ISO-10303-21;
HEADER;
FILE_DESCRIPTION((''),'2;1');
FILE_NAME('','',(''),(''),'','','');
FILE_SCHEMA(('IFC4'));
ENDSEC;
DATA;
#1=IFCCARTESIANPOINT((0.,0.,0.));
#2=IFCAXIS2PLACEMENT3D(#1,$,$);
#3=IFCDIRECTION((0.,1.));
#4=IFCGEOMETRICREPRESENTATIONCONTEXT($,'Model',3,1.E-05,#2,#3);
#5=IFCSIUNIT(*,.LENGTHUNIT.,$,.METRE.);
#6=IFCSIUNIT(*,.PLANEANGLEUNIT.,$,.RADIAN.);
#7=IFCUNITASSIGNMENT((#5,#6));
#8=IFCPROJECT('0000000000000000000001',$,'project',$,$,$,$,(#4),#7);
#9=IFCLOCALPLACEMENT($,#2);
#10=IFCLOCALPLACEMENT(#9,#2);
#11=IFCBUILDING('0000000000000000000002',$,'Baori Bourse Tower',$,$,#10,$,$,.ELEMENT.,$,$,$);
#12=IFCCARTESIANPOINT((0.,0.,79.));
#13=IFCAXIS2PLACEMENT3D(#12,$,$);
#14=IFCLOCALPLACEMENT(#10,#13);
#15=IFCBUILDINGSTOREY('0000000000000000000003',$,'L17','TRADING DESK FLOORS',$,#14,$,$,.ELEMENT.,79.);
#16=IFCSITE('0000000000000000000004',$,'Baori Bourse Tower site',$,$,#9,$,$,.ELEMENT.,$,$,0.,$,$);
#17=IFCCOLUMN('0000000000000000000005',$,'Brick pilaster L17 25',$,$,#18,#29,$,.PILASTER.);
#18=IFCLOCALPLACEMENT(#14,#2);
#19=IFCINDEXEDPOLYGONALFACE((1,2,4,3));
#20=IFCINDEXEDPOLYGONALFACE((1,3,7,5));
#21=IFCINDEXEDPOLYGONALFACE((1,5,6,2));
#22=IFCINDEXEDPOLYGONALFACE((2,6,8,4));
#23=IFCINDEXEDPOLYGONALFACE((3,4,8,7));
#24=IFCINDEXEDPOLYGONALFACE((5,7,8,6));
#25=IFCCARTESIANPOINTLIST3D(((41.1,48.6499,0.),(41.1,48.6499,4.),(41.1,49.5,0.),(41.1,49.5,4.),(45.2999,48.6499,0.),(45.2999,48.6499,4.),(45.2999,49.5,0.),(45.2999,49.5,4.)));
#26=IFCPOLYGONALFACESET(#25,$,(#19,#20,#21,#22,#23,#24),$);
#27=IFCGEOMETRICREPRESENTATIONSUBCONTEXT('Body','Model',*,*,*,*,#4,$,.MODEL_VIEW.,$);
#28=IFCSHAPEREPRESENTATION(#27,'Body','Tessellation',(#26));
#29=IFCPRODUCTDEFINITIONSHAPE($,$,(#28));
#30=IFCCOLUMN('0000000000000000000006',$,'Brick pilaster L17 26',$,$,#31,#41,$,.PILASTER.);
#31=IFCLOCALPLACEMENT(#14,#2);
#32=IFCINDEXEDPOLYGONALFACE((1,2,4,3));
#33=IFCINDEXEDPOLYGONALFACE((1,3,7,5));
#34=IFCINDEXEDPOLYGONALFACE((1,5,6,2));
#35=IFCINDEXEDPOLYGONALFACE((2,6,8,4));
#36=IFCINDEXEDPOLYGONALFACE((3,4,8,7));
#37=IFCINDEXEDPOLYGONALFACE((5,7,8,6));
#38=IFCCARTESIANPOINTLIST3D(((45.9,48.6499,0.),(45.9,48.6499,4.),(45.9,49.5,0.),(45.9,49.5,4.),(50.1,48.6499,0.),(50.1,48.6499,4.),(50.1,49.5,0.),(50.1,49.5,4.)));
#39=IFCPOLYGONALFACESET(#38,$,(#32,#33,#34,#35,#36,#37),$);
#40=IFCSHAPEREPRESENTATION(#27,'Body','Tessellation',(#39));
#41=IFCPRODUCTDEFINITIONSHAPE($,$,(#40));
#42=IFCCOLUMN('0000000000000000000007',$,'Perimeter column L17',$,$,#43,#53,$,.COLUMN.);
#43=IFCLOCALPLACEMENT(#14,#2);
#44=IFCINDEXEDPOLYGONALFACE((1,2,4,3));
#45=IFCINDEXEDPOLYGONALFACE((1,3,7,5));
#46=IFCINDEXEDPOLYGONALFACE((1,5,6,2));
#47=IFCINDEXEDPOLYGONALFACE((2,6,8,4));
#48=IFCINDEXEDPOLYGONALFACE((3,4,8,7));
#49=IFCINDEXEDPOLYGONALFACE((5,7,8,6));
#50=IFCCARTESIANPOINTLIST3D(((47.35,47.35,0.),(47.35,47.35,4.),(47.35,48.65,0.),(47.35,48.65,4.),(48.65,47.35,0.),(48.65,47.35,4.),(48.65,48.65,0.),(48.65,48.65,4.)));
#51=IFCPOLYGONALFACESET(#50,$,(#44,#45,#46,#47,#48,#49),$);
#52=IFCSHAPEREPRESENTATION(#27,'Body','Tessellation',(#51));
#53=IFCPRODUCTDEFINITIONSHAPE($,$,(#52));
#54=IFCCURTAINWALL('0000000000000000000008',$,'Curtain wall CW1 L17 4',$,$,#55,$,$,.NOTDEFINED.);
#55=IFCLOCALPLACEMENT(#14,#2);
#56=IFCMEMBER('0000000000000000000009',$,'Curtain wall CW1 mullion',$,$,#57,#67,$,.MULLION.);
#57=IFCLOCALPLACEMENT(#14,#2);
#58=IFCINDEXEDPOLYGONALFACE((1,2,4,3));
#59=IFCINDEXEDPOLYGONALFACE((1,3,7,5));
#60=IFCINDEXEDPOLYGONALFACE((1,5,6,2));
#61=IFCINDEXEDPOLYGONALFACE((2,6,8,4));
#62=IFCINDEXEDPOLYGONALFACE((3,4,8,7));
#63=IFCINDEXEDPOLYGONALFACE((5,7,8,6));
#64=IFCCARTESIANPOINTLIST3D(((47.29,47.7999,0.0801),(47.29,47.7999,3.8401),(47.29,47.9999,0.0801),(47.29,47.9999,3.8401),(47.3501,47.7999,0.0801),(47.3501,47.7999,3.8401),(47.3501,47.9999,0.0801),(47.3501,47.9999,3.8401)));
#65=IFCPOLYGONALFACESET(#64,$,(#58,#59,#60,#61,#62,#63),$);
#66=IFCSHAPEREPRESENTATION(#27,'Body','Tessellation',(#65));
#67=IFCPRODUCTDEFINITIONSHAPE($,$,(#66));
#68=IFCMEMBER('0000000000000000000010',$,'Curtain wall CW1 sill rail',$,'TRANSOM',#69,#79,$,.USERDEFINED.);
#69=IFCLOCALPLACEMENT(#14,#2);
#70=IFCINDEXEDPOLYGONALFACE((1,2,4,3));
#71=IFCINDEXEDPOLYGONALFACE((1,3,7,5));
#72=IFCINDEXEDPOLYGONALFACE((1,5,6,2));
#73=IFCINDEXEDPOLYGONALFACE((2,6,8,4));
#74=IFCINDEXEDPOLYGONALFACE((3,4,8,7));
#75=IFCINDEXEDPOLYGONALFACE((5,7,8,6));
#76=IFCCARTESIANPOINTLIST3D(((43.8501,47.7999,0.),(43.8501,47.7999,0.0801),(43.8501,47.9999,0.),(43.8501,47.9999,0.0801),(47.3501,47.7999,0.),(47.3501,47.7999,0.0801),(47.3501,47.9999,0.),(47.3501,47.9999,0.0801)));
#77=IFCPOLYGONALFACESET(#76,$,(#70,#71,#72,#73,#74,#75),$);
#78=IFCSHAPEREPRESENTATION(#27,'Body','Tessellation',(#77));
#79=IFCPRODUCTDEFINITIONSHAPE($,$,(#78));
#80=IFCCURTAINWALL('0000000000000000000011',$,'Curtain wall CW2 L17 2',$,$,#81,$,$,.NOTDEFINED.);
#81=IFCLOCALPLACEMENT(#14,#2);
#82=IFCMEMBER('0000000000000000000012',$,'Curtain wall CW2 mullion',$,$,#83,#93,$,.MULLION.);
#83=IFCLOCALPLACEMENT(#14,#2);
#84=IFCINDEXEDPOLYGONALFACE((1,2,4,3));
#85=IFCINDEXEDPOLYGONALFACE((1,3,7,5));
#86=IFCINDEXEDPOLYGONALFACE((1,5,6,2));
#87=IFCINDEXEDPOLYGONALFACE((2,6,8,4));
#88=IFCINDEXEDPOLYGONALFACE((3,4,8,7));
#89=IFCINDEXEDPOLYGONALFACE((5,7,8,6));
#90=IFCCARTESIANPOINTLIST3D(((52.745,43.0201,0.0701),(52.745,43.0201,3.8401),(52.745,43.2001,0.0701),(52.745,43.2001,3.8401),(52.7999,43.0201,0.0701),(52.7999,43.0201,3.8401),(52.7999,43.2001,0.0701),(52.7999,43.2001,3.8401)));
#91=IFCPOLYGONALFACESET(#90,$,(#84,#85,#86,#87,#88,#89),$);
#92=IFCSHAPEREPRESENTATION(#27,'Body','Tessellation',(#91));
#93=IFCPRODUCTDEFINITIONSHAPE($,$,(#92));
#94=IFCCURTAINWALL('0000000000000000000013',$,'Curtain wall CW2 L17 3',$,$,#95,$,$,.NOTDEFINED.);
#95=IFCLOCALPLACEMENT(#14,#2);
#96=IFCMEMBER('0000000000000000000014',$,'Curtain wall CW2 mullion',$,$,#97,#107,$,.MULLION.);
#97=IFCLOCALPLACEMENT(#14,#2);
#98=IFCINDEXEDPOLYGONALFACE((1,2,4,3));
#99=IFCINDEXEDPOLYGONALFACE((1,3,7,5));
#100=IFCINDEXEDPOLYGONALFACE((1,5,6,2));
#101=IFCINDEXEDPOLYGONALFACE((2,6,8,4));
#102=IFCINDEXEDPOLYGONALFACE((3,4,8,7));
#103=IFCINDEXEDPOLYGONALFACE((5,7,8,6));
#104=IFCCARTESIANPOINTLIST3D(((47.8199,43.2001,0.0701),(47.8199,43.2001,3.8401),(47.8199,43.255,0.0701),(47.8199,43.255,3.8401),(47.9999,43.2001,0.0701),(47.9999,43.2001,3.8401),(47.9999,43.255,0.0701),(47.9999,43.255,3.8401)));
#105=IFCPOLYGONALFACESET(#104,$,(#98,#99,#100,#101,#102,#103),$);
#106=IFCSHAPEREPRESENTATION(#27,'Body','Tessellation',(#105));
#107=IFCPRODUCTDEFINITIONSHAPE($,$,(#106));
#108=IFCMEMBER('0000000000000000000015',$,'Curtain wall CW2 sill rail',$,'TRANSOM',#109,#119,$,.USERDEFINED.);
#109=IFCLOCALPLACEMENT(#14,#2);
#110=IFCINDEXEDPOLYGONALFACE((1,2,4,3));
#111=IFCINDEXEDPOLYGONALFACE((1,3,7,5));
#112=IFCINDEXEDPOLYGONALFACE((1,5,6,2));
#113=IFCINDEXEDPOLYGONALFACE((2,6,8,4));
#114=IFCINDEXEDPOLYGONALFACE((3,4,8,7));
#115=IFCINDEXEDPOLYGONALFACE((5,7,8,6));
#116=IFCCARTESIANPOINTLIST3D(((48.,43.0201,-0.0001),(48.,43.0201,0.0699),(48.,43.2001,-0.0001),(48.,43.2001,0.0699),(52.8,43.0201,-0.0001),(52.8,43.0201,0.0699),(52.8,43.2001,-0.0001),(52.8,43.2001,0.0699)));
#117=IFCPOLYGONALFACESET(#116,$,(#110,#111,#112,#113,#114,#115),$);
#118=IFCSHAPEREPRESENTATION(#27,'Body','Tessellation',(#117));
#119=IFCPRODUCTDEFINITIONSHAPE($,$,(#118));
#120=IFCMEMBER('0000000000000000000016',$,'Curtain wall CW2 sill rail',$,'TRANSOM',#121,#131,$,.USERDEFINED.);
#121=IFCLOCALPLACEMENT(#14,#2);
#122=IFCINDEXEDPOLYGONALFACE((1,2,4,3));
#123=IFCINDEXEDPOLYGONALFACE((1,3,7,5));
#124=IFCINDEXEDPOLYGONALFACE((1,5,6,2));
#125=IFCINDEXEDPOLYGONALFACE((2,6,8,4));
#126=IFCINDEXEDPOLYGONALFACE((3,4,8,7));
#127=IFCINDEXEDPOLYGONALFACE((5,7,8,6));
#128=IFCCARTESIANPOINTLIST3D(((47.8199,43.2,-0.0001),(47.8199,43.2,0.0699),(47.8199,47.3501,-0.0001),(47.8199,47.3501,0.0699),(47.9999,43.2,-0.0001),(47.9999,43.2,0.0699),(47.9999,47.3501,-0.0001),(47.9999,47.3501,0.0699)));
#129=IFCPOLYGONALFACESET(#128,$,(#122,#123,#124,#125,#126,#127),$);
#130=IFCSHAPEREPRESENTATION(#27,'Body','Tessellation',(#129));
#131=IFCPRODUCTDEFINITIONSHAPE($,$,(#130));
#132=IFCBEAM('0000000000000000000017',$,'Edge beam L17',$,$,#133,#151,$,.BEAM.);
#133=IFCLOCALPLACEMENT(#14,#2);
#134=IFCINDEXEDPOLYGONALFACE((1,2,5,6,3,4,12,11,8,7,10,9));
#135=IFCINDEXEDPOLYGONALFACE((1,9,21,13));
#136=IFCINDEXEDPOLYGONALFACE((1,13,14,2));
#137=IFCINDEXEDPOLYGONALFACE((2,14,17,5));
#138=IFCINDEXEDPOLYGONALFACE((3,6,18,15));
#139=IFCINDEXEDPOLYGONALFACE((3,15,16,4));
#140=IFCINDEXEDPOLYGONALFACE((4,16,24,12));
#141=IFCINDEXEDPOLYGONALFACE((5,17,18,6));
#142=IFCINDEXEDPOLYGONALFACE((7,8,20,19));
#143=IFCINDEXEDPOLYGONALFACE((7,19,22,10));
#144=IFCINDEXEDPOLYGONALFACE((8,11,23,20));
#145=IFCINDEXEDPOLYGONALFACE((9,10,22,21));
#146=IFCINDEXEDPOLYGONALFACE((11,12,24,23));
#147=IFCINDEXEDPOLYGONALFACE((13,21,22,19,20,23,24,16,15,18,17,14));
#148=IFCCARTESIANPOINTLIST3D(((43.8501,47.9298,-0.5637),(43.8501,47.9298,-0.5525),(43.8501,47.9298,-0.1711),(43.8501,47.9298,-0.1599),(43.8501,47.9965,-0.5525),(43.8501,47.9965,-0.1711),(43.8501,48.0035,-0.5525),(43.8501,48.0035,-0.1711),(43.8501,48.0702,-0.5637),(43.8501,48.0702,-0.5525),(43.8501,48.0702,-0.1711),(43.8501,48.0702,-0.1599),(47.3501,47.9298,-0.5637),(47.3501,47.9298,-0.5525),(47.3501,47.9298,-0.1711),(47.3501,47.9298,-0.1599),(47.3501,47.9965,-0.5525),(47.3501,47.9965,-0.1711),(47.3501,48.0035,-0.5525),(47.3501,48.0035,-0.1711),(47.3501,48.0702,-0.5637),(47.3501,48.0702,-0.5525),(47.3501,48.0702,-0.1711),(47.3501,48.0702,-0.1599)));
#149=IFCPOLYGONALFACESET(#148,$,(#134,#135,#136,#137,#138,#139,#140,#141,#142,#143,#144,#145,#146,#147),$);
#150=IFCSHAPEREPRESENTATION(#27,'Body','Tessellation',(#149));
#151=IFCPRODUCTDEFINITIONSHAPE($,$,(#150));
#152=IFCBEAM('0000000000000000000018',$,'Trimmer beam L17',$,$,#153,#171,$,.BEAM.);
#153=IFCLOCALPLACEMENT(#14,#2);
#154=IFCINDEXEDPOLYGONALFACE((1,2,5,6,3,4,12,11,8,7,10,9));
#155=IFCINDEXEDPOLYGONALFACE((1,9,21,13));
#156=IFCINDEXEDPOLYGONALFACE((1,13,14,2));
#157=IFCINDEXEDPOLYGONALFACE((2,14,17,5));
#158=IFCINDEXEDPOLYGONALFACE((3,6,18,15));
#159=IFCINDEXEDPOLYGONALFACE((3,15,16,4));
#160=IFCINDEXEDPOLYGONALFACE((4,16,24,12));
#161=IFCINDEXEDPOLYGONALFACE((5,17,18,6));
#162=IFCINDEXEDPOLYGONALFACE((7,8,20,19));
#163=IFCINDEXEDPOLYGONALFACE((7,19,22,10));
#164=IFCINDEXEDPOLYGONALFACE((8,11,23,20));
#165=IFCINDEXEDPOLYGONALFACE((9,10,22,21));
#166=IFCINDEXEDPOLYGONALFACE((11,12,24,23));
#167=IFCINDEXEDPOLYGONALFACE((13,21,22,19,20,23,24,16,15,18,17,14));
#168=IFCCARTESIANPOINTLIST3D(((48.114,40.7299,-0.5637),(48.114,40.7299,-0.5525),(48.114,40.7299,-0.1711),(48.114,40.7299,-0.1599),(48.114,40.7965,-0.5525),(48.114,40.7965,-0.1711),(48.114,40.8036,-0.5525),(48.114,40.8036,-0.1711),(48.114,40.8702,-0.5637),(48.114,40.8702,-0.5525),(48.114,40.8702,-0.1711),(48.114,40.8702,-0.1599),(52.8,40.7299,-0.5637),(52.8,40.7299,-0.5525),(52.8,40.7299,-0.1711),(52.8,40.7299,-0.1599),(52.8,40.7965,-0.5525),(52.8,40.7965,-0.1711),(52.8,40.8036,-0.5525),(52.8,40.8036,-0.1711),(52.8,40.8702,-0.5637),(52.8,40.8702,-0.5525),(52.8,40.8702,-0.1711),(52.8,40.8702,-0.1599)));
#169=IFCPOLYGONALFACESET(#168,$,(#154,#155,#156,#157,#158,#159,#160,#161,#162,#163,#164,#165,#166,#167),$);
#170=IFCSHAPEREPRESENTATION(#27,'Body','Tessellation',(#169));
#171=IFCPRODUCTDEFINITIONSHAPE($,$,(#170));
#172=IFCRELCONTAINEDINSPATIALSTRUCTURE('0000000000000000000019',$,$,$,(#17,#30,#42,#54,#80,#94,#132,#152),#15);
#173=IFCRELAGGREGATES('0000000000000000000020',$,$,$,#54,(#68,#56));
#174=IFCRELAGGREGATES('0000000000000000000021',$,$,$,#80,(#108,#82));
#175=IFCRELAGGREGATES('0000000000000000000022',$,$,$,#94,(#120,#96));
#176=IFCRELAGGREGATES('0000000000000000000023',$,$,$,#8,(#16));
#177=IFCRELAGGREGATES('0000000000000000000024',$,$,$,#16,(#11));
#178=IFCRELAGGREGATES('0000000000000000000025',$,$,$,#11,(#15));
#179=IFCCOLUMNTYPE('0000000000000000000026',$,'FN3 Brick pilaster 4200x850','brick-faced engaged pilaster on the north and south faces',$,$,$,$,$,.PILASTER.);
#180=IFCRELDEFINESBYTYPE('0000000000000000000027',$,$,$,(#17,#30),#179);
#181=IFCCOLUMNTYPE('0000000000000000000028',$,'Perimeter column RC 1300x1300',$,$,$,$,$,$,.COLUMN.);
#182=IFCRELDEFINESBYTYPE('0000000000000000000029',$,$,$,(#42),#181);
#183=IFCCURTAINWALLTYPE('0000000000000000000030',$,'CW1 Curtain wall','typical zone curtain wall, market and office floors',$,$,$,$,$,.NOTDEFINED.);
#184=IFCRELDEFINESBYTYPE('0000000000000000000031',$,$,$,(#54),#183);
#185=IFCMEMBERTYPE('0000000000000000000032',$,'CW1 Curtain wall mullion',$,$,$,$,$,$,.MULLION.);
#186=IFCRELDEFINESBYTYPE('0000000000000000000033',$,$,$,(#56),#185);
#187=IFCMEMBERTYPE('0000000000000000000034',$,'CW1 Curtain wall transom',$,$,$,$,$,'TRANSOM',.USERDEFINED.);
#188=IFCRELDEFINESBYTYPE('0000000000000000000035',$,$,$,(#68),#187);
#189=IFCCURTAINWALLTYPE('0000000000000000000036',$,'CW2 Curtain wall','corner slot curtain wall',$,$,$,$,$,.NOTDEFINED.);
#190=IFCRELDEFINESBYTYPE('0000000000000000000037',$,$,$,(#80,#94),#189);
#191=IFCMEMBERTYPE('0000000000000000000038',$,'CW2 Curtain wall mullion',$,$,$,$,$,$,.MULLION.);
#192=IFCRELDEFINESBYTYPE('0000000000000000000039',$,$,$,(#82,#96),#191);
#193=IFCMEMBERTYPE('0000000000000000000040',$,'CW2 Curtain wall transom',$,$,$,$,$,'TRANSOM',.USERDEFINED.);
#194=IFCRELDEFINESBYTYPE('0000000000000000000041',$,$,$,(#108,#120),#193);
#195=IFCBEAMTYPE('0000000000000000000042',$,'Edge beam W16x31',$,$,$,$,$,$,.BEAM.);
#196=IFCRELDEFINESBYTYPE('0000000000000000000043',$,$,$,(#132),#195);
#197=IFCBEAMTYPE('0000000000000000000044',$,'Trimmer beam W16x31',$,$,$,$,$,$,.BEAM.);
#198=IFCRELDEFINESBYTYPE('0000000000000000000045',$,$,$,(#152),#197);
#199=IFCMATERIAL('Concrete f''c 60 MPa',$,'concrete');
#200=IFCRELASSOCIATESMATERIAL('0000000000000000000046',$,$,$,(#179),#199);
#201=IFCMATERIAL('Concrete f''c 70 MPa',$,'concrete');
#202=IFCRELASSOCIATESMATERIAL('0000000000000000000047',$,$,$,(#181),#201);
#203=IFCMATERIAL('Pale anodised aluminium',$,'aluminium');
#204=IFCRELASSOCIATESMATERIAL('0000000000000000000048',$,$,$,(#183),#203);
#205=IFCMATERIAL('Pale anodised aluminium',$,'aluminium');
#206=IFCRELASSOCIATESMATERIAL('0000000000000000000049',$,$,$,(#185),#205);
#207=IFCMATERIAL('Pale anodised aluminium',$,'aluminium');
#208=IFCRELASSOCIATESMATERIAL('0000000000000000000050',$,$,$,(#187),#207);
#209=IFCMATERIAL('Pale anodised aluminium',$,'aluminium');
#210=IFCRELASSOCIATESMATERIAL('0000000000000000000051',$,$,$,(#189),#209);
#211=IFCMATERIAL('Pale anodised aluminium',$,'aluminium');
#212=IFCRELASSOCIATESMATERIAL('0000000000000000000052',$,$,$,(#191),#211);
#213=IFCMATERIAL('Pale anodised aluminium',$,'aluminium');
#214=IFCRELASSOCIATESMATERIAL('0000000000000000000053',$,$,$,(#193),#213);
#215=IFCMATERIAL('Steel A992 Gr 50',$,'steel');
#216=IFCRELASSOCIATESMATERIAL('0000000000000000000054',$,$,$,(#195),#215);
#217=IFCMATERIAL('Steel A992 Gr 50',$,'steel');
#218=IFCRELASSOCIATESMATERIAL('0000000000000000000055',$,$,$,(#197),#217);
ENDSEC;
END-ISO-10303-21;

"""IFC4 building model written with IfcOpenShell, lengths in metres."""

from ifc_helpers import new_model, si_unit, direction, frame, origin, origin_2d, place, context, subcontext, project, spatial, rectangle, i_section, extrude, material, material_profile, profile_set, type_object, element, aggregate, save


model = new_model("IFC4")

# Units and contexts
model_context = context("Model", 3, precision=1e-05, world=origin(), true_north=direction((0.0, 1.0)))
body_context = subcontext(model_context, "Body", "Model", "MODEL_VIEW")
ifc_project = project(units=[si_unit("LENGTHUNIT", "METRE"), si_unit("PLANEANGLEUNIT", "RADIAN")], contexts=[model_context])

# Site, building, storey
site_placement = place(None, origin())
site = spatial("IfcSite", under=ifc_project, at=site_placement, Name="Baori Bourse Tower site", CompositionType="ELEMENT", RefElevation=0.0)
building_placement = place(site_placement, origin())
building = spatial("IfcBuilding", under=site, at=building_placement, Name="Baori Bourse Tower", CompositionType="ELEMENT")
storey_placement = place(building_placement, frame((0.0, 0.0, 79.0)))
storey = spatial("IfcBuildingStorey", under=building, at=storey_placement, Name="L17", Description="TRADING DESK FLOORS", CompositionType="ELEMENT", Elevation=79.0)

# Columns
ifc_material_1 = material(Name="Concrete f'c 60 MPa", Category="concrete")
ifc_material_profile_1 = material_profile(ifc_material_1, rectangle(XDim=4.2, YDim=0.8501, at=origin_2d()), Name="RC 4200x850")
ifc_profile_set_1 = profile_set([ifc_material_profile_1], Name="Concrete f'c 60 MPa")
column_type_1 = type_object("IfcColumnType", Name="FN3 Brick pilaster 4200x850", Description="brick-faced engaged pilaster on the north and south faces", PredefinedType="PILASTER", material=ifc_profile_set_1)
for number, where, z_axis, x_axis, name in (
    (1, (43.2, 49.075, 0.0), (0.0, 0.0, 1.0), (1.0, 0.0, 0.0), "Brick pilaster L17 25"),
    (2, (48.0, 49.075, 0.0), (0.0, 0.0, 1.0), (1.0, 0.0, 0.0), "Brick pilaster L17 26"),
):
    element("IfcColumn", number, at=place(storey_placement, frame(where, z_axis=z_axis, x_axis=x_axis)), inside=storey, type_object=column_type_1, Name=name, PredefinedType="PILASTER", context=body_context, shape_type="SweptSolid", body=[
        extrude(rectangle(XDim=4.2, YDim=0.8501, at=origin_2d()), origin(), (0.0, 0.0, 1.0), 4.0),
    ])
ifc_material_2 = material(Name="Concrete f'c 70 MPa", Category="concrete")
ifc_material_profile_2 = material_profile(ifc_material_2, rectangle(XDim=1.3, YDim=1.3, at=origin_2d()), Name="RC 1300x1300")
ifc_profile_set_2 = profile_set([ifc_material_profile_2], Name="Concrete f'c 70 MPa")
column_type_2 = type_object("IfcColumnType", Name="Perimeter column RC 1300x1300", PredefinedType="COLUMN", material=ifc_profile_set_2)
column_placement = place(storey_placement, frame((48.0, 48.0, 0.0), z_axis=(0.0, 0.0, 1.0), x_axis=(1.0, 0.0, 0.0)))
element("IfcColumn", 3, at=column_placement, inside=storey, type_object=column_type_2, Name="Perimeter column L17", PredefinedType="COLUMN", context=body_context, shape_type="SweptSolid", body=[
    extrude(rectangle(XDim=1.3, YDim=1.3, at=origin_2d()), origin(), (0.0, 0.0, 1.0), 4.0),
])

# Curtain wall, members
ifc_material_3 = material(Name="Pale anodised aluminium", Category="aluminium")
curtain_wall_type_1 = type_object("IfcCurtainWallType", Name="CW1 Curtain wall", Description="typical zone curtain wall, market and office floors", PredefinedType="NOTDEFINED", material=ifc_material_3)
curtain_wall_1_placement = place(storey_placement, origin())
curtain_wall_1 = element("IfcCurtainWall", 4, at=curtain_wall_1_placement, inside=storey, type_object=curtain_wall_type_1, Name="Curtain wall CW1 L17 4", PredefinedType="NOTDEFINED")
ifc_material_4 = material(Name="Pale anodised aluminium", Category="aluminium")
ifc_material_profile_3 = material_profile(ifc_material_4, rectangle(XDim=0.2, YDim=0.0601, at=origin_2d()), Name="Mullion 60x200")
ifc_profile_set_3 = profile_set([ifc_material_profile_3], Name="Pale anodised aluminium")
member_type_1 = type_object("IfcMemberType", Name="CW1 Curtain wall mullion", PredefinedType="MULLION", material=ifc_profile_set_3)
member_1_placement = place(storey_placement, frame((47.3201, 47.8999, 0.0801), z_axis=(0.0, 0.0, 1.0), x_axis=(0.0, -1.0, 0.0)))
member_1 = element("IfcMember", 5, at=member_1_placement, type_object=member_type_1, Name="Curtain wall CW1 mullion", PredefinedType="MULLION", context=body_context, shape_type="SweptSolid", body=[
    extrude(rectangle(XDim=0.2, YDim=0.0601, at=origin_2d()), origin(), (0.0, 0.0, 1.0), 3.76),
])
ifc_material_5 = material(Name="Pale anodised aluminium", Category="aluminium")
ifc_material_profile_4 = material_profile(ifc_material_5, rectangle(XDim=0.2, YDim=0.0801, at=origin_2d()), Name="Transom 80x200")
ifc_profile_set_4 = profile_set([ifc_material_profile_4], Name="Pale anodised aluminium")
member_type_2 = type_object("IfcMemberType", Name="CW1 Curtain wall transom", ElementType="TRANSOM", PredefinedType="USERDEFINED", material=ifc_profile_set_4)
member_2_placement = place(storey_placement, frame((47.3501, 47.8999, 0.04), z_axis=(-1.0, 0.0, 0.0), x_axis=(0.0, -1.0, 0.0)))
member_2 = element("IfcMember", 6, at=member_2_placement, type_object=member_type_2, Name="Curtain wall CW1 sill rail", ObjectType="TRANSOM", PredefinedType="USERDEFINED", context=body_context, shape_type="SweptSolid", body=[
    extrude(rectangle(XDim=0.2, YDim=0.0801, at=origin_2d()), origin(), (0.0, 0.0, 1.0), 3.5),
])

# Curtain walls, members
ifc_material_6 = material(Name="Pale anodised aluminium", Category="aluminium")
curtain_wall_type_2 = type_object("IfcCurtainWallType", Name="CW2 Curtain wall", Description="corner slot curtain wall", PredefinedType="NOTDEFINED", material=ifc_material_6)
curtain_wall_2_placement = place(storey_placement, origin())
curtain_wall_2 = element("IfcCurtainWall", 7, at=curtain_wall_2_placement, inside=storey, type_object=curtain_wall_type_2, Name="Curtain wall CW2 L17 2", PredefinedType="NOTDEFINED")
ifc_material_7 = material(Name="Pale anodised aluminium", Category="aluminium")
ifc_material_profile_5 = material_profile(ifc_material_7, rectangle(XDim=0.1799, YDim=0.0549, at=origin_2d()), Name="Mullion 55x180")
ifc_profile_set_5 = profile_set([ifc_material_profile_5], Name="Pale anodised aluminium")
member_type_3 = type_object("IfcMemberType", Name="CW2 Curtain wall mullion", PredefinedType="MULLION", material=ifc_profile_set_5)
member_3_placement = place(storey_placement, frame((52.7725, 43.1101, 0.0701), z_axis=(0.0, 0.0, 1.0), x_axis=(0.0, -1.0, 0.0)))
member_3 = element("IfcMember", 8, at=member_3_placement, type_object=member_type_3, Name="Curtain wall CW2 mullion", PredefinedType="MULLION", context=body_context, shape_type="SweptSolid", body=[
    extrude(rectangle(XDim=0.1799, YDim=0.0549, at=origin_2d()), origin(), (0.0, 0.0, 1.0), 3.77),
])
curtain_wall_3_placement = place(storey_placement, origin())
curtain_wall_3 = element("IfcCurtainWall", 9, at=curtain_wall_3_placement, inside=storey, type_object=curtain_wall_type_2, Name="Curtain wall CW2 L17 3", PredefinedType="NOTDEFINED")
member_4_placement = place(storey_placement, frame((47.9099, 43.2275, 0.0701), z_axis=(0.0, 0.0, 1.0), x_axis=(-1.0, 0.0, 0.0)))
member_4 = element("IfcMember", 10, at=member_4_placement, type_object=member_type_3, Name="Curtain wall CW2 mullion", PredefinedType="MULLION", context=body_context, shape_type="SweptSolid", body=[
    extrude(rectangle(XDim=0.1799, YDim=0.0549, at=origin_2d()), origin(), (0.0, 0.0, 1.0), 3.77),
])

# Members
ifc_material_8 = material(Name="Pale anodised aluminium", Category="aluminium")
ifc_material_profile_6 = material_profile(ifc_material_8, rectangle(XDim=0.1799, YDim=0.0701, at=origin_2d()), Name="Transom 70x180")
ifc_profile_set_6 = profile_set([ifc_material_profile_6], Name="Pale anodised aluminium")
member_type_4 = type_object("IfcMemberType", Name="CW2 Curtain wall transom", ElementType="TRANSOM", PredefinedType="USERDEFINED", material=ifc_profile_set_6)
member_5_placement = place(storey_placement, frame((52.8, 43.1101, 0.0349), z_axis=(-1.0, 0.0, 0.0), x_axis=(0.0, -1.0, 0.0)))
member_5 = element("IfcMember", 11, at=member_5_placement, type_object=member_type_4, Name="Curtain wall CW2 sill rail", ObjectType="TRANSOM", PredefinedType="USERDEFINED", context=body_context, shape_type="SweptSolid", body=[
    extrude(rectangle(XDim=0.1799, YDim=0.0701, at=origin_2d()), origin(), (0.0, 0.0, 1.0), 4.8),
])
member_6_placement = place(storey_placement, frame((47.9099, 43.2, 0.0349), z_axis=(0.0, 1.0, 0.0), x_axis=(-1.0, 0.0, 0.0)))
member_6 = element("IfcMember", 12, at=member_6_placement, type_object=member_type_4, Name="Curtain wall CW2 sill rail", ObjectType="TRANSOM", PredefinedType="USERDEFINED", context=body_context, shape_type="SweptSolid", body=[
    extrude(rectangle(XDim=0.1799, YDim=0.0701, at=origin_2d()), origin(), (0.0, 0.0, 1.0), 4.1501),
])

# Beams
ifc_material_9 = material(Name="Steel A992 Gr 50", Category="steel")
ifc_material_profile_7 = material_profile(ifc_material_9, i_section(OverallWidth=0.1404, OverallDepth=0.4038, WebThickness=0.0071, FlangeThickness=0.0112, at=origin_2d()), Name="W16x31")
ifc_profile_set_7 = profile_set([ifc_material_profile_7], Name="Steel A992 Gr 50")
beam_type_1 = type_object("IfcBeamType", Name="Edge beam W16x31", PredefinedType="BEAM", material=ifc_profile_set_7)
beam_1_placement = place(storey_placement, frame((43.8501, 48.0, -0.3618), z_axis=(1.0, 0.0, 0.0), x_axis=(0.0, 1.0, 0.0)))
element("IfcBeam", 13, at=beam_1_placement, inside=storey, type_object=beam_type_1, Name="Edge beam L17", PredefinedType="BEAM", context=body_context, shape_type="SweptSolid", body=[
    extrude(i_section(OverallWidth=0.1404, OverallDepth=0.4038, WebThickness=0.0071, FlangeThickness=0.0112, at=origin_2d()), origin(), (0.0, 0.0, 1.0), 3.5),
])
ifc_material_10 = material(Name="Steel A992 Gr 50", Category="steel")
ifc_material_profile_8 = material_profile(ifc_material_10, i_section(OverallWidth=0.1404, OverallDepth=0.4038, WebThickness=0.0071, FlangeThickness=0.0112, at=origin_2d()), Name="W16x31")
ifc_profile_set_8 = profile_set([ifc_material_profile_8], Name="Steel A992 Gr 50")
beam_type_2 = type_object("IfcBeamType", Name="Trimmer beam W16x31", PredefinedType="BEAM", material=ifc_profile_set_8)
beam_2_placement = place(storey_placement, frame((48.114, 40.8, -0.3618), z_axis=(1.0, 0.0, 0.0), x_axis=(0.0, 1.0, 0.0)))
element("IfcBeam", 14, at=beam_2_placement, inside=storey, type_object=beam_type_2, Name="Trimmer beam L17", PredefinedType="BEAM", context=body_context, shape_type="SweptSolid", body=[
    extrude(i_section(OverallWidth=0.1404, OverallDepth=0.4038, WebThickness=0.0071, FlangeThickness=0.0112, at=origin_2d()), origin(), (0.0, 0.0, 1.0), 4.686),
])

aggregate(curtain_wall_1, [member_2, member_1])

aggregate(curtain_wall_2, [member_5, member_3])
aggregate(curtain_wall_3, [member_6, member_4])

save(model, "model.ifc")
